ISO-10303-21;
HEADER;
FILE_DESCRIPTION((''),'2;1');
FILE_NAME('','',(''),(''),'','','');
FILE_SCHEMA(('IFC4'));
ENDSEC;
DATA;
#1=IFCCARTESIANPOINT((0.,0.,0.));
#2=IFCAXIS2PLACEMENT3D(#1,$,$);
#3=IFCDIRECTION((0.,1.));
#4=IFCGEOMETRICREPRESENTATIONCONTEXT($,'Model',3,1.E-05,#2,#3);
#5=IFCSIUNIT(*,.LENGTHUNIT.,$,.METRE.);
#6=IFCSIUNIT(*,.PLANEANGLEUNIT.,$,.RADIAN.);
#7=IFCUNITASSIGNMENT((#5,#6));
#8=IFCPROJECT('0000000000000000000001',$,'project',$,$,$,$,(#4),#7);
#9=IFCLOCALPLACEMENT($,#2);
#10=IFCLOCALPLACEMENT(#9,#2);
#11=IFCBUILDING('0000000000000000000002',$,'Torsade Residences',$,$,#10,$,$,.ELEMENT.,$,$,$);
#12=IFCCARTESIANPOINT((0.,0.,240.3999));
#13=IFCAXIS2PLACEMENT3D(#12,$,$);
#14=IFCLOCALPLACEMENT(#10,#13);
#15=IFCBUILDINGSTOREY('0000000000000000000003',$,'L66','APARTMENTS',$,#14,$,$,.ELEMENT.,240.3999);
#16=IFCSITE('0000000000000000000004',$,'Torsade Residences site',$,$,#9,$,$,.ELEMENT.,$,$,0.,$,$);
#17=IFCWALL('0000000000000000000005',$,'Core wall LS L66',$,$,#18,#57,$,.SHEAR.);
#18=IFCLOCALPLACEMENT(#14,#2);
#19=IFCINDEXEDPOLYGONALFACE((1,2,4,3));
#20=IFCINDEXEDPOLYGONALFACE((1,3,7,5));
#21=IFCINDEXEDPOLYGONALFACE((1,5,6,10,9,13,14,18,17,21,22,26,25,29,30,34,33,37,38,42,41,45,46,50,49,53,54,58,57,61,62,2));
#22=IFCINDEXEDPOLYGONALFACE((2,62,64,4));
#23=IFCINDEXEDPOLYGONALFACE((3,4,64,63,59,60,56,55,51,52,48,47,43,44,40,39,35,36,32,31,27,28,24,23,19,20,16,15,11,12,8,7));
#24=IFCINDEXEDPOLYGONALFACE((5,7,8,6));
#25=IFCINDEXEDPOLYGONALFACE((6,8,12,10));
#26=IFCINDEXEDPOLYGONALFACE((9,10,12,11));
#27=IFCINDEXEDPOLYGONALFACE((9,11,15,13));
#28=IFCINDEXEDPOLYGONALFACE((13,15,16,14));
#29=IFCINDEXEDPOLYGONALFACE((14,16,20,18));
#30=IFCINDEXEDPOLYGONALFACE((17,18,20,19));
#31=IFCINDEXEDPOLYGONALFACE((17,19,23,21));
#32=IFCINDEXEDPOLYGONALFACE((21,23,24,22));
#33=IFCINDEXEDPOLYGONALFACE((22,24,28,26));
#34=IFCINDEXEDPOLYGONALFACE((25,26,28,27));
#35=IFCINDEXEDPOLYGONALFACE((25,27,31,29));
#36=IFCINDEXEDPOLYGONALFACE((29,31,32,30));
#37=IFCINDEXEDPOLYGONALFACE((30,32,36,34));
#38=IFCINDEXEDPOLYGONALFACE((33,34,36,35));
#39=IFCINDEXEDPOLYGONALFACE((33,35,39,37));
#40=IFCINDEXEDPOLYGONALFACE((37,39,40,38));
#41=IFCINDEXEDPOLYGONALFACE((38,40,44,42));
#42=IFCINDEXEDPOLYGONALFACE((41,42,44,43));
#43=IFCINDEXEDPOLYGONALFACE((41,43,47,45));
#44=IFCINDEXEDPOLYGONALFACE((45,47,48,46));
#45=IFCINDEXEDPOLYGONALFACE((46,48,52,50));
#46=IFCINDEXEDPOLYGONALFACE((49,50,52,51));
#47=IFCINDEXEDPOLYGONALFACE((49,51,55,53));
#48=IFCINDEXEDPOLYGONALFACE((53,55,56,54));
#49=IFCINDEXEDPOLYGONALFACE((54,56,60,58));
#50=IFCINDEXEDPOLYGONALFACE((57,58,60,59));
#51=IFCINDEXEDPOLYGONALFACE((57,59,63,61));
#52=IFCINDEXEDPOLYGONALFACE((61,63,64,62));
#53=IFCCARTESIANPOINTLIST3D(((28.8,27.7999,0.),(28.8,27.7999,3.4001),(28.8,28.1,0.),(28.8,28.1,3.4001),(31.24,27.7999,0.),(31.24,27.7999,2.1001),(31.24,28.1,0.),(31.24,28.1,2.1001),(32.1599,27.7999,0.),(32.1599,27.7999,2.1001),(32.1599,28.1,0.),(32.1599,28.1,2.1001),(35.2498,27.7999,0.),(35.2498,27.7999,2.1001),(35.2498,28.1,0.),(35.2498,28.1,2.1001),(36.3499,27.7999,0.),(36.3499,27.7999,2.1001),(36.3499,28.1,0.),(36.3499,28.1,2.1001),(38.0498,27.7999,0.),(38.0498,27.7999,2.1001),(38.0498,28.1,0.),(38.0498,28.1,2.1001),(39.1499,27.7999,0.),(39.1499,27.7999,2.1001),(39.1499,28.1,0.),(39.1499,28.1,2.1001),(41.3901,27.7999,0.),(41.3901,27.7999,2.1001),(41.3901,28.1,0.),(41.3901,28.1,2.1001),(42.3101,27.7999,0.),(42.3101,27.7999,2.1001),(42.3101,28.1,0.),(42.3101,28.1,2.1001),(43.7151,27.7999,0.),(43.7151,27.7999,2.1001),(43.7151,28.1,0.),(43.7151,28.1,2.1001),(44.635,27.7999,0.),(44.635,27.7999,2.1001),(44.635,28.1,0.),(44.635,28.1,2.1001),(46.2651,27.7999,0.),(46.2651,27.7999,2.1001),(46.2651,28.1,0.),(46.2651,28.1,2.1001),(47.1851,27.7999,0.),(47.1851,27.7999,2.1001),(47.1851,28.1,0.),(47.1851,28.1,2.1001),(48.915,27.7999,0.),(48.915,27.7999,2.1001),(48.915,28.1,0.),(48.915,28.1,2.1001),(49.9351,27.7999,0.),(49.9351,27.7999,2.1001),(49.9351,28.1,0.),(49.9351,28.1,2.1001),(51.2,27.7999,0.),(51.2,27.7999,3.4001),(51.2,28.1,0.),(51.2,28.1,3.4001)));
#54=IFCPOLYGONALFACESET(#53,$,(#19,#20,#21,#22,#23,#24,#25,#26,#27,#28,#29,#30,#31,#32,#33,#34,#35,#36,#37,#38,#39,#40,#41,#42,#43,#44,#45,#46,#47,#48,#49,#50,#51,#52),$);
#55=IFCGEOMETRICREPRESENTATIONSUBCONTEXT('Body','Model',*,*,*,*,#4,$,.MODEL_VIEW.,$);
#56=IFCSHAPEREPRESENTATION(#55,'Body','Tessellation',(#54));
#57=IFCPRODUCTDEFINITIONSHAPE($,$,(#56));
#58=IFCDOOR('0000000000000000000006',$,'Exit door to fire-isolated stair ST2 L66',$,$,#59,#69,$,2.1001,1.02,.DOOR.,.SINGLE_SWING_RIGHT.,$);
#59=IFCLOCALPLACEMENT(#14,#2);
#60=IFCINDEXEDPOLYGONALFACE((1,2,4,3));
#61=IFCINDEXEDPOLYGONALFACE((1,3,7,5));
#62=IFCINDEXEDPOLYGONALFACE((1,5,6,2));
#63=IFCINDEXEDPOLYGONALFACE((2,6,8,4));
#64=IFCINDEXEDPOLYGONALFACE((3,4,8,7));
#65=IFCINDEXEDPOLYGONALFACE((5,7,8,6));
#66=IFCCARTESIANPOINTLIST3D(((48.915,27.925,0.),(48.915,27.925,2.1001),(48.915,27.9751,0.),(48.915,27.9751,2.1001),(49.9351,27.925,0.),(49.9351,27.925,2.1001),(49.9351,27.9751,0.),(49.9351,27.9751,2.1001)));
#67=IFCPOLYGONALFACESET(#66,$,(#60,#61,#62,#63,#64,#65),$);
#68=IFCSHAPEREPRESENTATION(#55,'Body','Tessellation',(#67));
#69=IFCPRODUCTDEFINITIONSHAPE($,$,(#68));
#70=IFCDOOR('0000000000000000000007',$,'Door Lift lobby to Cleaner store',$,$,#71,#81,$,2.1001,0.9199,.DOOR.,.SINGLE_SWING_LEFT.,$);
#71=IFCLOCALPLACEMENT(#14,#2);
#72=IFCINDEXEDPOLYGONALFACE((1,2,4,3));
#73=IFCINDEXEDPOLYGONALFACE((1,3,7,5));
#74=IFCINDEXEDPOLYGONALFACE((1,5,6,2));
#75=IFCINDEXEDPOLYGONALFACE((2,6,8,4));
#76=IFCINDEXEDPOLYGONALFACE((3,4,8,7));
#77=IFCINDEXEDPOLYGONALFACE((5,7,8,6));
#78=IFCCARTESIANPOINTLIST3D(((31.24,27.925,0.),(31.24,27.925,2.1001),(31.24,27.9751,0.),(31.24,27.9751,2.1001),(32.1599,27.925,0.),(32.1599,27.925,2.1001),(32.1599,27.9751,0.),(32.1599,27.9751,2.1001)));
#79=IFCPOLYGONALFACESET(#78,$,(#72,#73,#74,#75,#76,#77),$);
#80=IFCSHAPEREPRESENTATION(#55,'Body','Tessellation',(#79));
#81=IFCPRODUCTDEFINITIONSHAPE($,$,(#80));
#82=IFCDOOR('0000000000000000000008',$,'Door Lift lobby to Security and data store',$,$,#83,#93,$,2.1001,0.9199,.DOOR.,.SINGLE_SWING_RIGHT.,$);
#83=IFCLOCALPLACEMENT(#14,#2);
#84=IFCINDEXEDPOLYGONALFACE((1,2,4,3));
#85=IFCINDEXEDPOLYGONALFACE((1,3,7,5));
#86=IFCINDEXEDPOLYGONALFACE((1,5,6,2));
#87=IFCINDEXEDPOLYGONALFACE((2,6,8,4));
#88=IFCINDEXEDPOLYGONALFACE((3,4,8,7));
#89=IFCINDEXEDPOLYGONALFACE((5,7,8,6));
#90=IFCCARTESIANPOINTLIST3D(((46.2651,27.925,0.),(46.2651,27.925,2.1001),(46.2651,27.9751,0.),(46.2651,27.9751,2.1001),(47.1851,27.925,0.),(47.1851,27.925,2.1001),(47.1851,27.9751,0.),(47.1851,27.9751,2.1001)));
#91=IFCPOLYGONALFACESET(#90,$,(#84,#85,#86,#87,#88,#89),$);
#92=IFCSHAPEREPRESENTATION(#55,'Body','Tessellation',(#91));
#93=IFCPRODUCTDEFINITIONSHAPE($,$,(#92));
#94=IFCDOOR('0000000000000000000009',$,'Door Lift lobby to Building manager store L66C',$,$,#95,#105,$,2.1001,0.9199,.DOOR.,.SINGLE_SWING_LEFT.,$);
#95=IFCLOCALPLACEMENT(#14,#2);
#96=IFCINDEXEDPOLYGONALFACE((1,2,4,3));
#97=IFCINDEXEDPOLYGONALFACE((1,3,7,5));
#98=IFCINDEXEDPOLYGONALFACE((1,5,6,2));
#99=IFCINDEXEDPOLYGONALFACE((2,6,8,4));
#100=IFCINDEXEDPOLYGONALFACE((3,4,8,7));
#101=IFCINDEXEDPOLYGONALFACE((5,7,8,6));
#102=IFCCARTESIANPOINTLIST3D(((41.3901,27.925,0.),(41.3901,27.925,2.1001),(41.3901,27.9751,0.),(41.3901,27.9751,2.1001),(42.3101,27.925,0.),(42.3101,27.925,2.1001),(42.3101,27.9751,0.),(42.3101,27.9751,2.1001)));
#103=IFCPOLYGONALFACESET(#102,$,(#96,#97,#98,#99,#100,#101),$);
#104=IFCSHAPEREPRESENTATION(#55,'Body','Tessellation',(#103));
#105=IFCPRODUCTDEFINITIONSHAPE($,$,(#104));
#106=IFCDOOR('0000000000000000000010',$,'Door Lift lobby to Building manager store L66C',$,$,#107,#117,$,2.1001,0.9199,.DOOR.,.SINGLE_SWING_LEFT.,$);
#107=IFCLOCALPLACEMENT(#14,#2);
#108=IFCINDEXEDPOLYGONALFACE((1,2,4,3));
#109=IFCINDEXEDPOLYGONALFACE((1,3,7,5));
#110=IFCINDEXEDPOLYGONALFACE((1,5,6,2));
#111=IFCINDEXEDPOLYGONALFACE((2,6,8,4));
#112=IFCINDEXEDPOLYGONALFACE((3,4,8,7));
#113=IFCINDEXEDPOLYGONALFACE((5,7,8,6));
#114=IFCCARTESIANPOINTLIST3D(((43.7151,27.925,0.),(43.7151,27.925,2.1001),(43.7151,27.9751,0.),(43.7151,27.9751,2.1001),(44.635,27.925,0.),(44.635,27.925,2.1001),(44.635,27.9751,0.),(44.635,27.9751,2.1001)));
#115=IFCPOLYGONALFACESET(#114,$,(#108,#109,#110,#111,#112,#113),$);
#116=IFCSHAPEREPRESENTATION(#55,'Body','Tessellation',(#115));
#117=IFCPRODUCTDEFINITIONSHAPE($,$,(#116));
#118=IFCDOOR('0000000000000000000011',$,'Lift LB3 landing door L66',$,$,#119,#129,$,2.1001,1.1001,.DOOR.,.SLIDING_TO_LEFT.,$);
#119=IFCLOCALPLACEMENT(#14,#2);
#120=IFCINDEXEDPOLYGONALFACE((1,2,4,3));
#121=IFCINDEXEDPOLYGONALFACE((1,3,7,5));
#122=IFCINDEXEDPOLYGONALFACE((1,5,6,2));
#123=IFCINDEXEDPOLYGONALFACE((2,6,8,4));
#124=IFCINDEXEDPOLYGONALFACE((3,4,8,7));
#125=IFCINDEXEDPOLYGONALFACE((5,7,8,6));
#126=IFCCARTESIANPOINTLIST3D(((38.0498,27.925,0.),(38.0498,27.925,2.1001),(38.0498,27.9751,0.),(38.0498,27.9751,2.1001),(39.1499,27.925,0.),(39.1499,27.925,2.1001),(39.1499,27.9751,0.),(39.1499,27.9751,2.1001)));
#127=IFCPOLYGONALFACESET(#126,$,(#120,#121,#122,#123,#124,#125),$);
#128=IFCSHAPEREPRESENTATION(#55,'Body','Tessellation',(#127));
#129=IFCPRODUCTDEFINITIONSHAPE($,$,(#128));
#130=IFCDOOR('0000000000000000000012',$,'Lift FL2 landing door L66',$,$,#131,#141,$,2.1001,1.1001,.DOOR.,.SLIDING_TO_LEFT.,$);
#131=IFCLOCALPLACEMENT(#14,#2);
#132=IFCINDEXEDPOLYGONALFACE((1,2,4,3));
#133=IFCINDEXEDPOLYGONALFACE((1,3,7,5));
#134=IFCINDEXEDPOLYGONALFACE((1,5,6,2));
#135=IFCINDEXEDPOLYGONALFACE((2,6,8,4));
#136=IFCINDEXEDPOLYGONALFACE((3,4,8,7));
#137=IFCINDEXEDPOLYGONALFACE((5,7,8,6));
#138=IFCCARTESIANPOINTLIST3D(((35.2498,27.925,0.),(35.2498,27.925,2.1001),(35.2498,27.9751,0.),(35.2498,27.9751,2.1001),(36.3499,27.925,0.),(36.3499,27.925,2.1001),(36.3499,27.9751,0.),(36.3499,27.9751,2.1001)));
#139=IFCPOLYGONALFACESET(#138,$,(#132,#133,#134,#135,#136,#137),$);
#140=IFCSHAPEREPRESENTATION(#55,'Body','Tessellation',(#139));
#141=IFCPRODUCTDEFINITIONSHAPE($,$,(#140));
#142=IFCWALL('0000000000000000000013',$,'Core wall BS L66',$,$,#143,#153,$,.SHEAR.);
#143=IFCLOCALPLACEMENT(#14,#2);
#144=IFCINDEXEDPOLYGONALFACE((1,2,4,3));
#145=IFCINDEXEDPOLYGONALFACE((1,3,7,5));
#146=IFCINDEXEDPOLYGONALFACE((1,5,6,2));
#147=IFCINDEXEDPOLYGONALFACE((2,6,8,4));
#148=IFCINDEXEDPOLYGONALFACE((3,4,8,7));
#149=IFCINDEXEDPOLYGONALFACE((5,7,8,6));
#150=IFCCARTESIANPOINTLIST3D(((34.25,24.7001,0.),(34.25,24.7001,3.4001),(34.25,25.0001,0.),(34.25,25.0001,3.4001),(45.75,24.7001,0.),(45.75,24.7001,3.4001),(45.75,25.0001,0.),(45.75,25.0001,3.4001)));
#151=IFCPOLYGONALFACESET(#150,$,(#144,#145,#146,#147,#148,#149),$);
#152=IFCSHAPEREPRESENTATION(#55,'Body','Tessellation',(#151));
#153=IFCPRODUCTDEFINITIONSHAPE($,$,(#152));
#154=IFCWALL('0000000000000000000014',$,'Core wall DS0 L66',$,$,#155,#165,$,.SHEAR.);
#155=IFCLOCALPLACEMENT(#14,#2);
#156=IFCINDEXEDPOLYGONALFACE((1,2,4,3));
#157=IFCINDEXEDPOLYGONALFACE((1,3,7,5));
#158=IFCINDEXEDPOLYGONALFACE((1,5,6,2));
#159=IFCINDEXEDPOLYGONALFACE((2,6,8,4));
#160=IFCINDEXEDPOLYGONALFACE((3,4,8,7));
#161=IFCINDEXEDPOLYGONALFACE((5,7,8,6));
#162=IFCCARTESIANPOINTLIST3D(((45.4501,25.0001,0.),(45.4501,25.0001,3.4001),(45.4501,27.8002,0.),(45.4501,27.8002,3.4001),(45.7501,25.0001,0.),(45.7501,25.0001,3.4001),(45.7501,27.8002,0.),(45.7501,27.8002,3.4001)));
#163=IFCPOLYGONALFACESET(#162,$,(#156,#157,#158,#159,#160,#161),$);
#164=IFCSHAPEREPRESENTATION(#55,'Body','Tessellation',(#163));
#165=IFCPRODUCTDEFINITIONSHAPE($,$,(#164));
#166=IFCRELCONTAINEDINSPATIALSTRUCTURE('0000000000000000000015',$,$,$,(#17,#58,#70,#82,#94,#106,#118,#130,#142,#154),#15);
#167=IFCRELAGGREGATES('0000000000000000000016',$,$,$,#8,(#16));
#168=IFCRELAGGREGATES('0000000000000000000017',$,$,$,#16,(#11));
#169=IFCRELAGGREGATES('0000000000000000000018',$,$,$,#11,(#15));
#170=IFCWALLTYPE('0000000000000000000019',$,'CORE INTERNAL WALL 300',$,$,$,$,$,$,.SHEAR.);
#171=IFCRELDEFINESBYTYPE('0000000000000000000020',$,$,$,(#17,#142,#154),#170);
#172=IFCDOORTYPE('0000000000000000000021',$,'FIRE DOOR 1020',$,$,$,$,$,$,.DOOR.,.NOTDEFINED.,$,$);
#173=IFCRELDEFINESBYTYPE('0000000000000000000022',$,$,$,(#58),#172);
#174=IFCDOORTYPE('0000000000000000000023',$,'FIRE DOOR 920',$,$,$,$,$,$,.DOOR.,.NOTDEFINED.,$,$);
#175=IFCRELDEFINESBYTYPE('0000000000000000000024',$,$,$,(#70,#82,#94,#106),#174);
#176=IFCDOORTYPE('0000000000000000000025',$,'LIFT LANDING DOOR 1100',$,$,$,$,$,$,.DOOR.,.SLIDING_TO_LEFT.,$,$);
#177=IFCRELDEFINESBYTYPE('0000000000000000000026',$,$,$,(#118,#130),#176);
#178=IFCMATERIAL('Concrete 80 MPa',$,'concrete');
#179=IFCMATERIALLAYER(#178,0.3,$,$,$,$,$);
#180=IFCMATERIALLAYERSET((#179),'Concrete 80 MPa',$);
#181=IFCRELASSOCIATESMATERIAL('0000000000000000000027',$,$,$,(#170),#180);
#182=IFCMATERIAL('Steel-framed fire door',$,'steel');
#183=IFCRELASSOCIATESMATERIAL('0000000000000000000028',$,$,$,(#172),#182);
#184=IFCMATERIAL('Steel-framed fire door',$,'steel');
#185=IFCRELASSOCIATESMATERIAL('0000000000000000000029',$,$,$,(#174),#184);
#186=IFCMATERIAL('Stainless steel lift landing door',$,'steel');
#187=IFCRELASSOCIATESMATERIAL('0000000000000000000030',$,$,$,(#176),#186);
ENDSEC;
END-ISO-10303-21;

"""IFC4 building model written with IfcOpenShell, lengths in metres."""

from ifc_helpers import new_model, si_unit, direction, frame, frame_2d, origin, place, context, subcontext, project, spatial, rectangle, extrude, material, layer, layer_set, type_object, element, fill, save


model = new_model("IFC4")

# Units and contexts
model_context = context("Model", 3, precision=1e-05, world=origin(), true_north=direction((0.0, 1.0)))
body_context = subcontext(model_context, "Body", "Model", "MODEL_VIEW")
ifc_project = project(units=[si_unit("LENGTHUNIT", "METRE"), si_unit("PLANEANGLEUNIT", "RADIAN")], contexts=[model_context])

# Site, building, storey
site_placement = place(None, origin())
site = spatial("IfcSite", under=ifc_project, at=site_placement, Name="Torsade Residences site", CompositionType="ELEMENT", RefElevation=0.0)
building_placement = place(site_placement, origin())
building = spatial("IfcBuilding", under=site, at=building_placement, Name="Torsade Residences", CompositionType="ELEMENT")
storey_placement = place(building_placement, frame((0.0, 0.0, 240.3999)))
storey = spatial("IfcBuildingStorey", under=building, at=storey_placement, Name="L66", Description="APARTMENTS", CompositionType="ELEMENT", Elevation=240.3999)

# Wall, openings, doors
ifc_material_1 = material(Name="Concrete 80 MPa", Category="concrete")
ifc_layer_1 = layer(ifc_material_1, 0.3)
ifc_layer_set_1 = layer_set([ifc_layer_1], Name="Concrete 80 MPa")
wall_type_1 = type_object("IfcWallType", Name="CORE INTERNAL WALL 300", PredefinedType="SHEAR", material=ifc_layer_set_1)
wall_1_placement = place(storey_placement, frame((51.2, 27.95, 0.0), z_axis=(0.0, 0.0, 1.0), x_axis=(-1.0, 0.0, 0.0)))
wall_1 = element("IfcWall", 1, at=wall_1_placement, inside=storey, type_object=wall_type_1, Name="Core wall LS L66", PredefinedType="SHEAR", context=body_context, shape_type="SweptSolid", body=[
    extrude(rectangle(XDim=22.3999, YDim=0.3, at=frame_2d((11.2, 0.0))), origin(), (0.0, 0.0, 1.0), 3.4001),
])
opening_1_placement = place(wall_1_placement, frame((19.04, 0.0, 0.0)))
opening_1 = element("IfcOpeningElement", 2, at=opening_1_placement, cuts=wall_1, PredefinedType="OPENING", context=body_context, shape_type="SweptSolid", body=[
    extrude(rectangle(XDim=0.9199, YDim=2.1001, at=frame_2d((0.46, 1.05))), frame((0.0, 0.1599, 0.0), z_axis=(0.0, -1.0, 0.0), x_axis=(1.0, 0.0, 0.0)), (0.0, 0.0, 1.0), 0.3201),
])
opening_2_placement = place(wall_1_placement, frame((1.2649, 0.0, 0.0)))
opening_2 = element("IfcOpeningElement", 3, at=opening_2_placement, cuts=wall_1, PredefinedType="OPENING", context=body_context, shape_type="SweptSolid", body=[
    extrude(rectangle(XDim=1.02, YDim=2.1001, at=frame_2d((0.51, 1.05))), frame((0.0, 0.1599, 0.0), z_axis=(0.0, -1.0, 0.0), x_axis=(1.0, 0.0, 0.0)), (0.0, 0.0, 1.0), 0.3201),
])
opening_3_placement = place(wall_1_placement, frame((4.0149, 0.0, 0.0)))
opening_3 = element("IfcOpeningElement", 4, at=opening_3_placement, cuts=wall_1, PredefinedType="OPENING", context=body_context, shape_type="SweptSolid", body=[
    extrude(rectangle(XDim=0.9199, YDim=2.1001, at=frame_2d((0.46, 1.05))), frame((0.0, 0.1599, 0.0), z_axis=(0.0, -1.0, 0.0), x_axis=(1.0, 0.0, 0.0)), (0.0, 0.0, 1.0), 0.3201),
])
opening_4_placement = place(wall_1_placement, frame((8.8899, 0.0, 0.0)))
opening_4 = element("IfcOpeningElement", 5, at=opening_4_placement, cuts=wall_1, PredefinedType="OPENING", context=body_context, shape_type="SweptSolid", body=[
    extrude(rectangle(XDim=0.9199, YDim=2.1001, at=frame_2d((0.46, 1.05))), frame((0.0, 0.1599, 0.0), z_axis=(0.0, -1.0, 0.0), x_axis=(1.0, 0.0, 0.0)), (0.0, 0.0, 1.0), 0.3201),
])
opening_5_placement = place(wall_1_placement, frame((6.5649, 0.0, 0.0)))
opening_5 = element("IfcOpeningElement", 6, at=opening_5_placement, cuts=wall_1, PredefinedType="OPENING", context=body_context, shape_type="SweptSolid", body=[
    extrude(rectangle(XDim=0.9199, YDim=2.1001, at=frame_2d((0.46, 1.05))), frame((0.0, 0.1599, 0.0), z_axis=(0.0, -1.0, 0.0), x_axis=(1.0, 0.0, 0.0)), (0.0, 0.0, 1.0), 0.3201),
])
opening_6_placement = place(wall_1_placement, frame((12.05, 0.0, 0.0)))
opening_6 = element("IfcOpeningElement", 7, at=opening_6_placement, cuts=wall_1, PredefinedType="OPENING", context=body_context, shape_type="SweptSolid", body=[
    extrude(rectangle(XDim=1.1001, YDim=2.1001, at=frame_2d((0.55, 1.05))), frame((0.0, 0.1599, 0.0), z_axis=(0.0, -1.0, 0.0), x_axis=(1.0, 0.0, 0.0)), (0.0, 0.0, 1.0), 0.3201),
])
opening_7_placement = place(wall_1_placement, frame((14.8501, 0.0, 0.0)))
opening_7 = element("IfcOpeningElement", 8, at=opening_7_placement, cuts=wall_1, PredefinedType="OPENING", context=body_context, shape_type="SweptSolid", body=[
    extrude(rectangle(XDim=1.1001, YDim=2.1001, at=frame_2d((0.55, 1.05))), frame((0.0, 0.1599, 0.0), z_axis=(0.0, -1.0, 0.0), x_axis=(1.0, 0.0, 0.0)), (0.0, 0.0, 1.0), 0.3201),
])
ifc_material_2 = material(Name="Steel-framed fire door", Category="steel")
door_type_1 = type_object("IfcDoorType", Name="FIRE DOOR 1020", OperationType="NOTDEFINED", PredefinedType="DOOR", material=ifc_material_2)
door_1_placement = place(opening_2_placement, origin())
door_1 = element("IfcDoor", 9, at=door_1_placement, inside=storey, type_object=door_type_1, Name="Exit door to fire-isolated stair ST2 L66", OperationType="SINGLE_SWING_RIGHT", OverallHeight=2.1001, OverallWidth=1.02, PredefinedType="DOOR", context=body_context, shape_type="SweptSolid", body=[
    extrude(rectangle(XDim=1.02, YDim=2.1001, at=frame_2d((0.51, 1.05))), frame((0.0, 0.0249, 0.0), z_axis=(0.0, -1.0, 0.0), x_axis=(1.0, 0.0, 0.0)), (0.0, 0.0, 1.0), 0.05),
])
fill(opening_2, door_1)
ifc_material_3 = material(Name="Steel-framed fire door", Category="steel")
door_type_2 = type_object("IfcDoorType", Name="FIRE DOOR 920", OperationType="NOTDEFINED", PredefinedType="DOOR", material=ifc_material_3)
door_2_placement = place(opening_1_placement, origin())
door_2 = element("IfcDoor", 10, at=door_2_placement, inside=storey, type_object=door_type_2, Name="Door Lift lobby to Cleaner store", OperationType="SINGLE_SWING_LEFT", OverallHeight=2.1001, OverallWidth=0.9199, PredefinedType="DOOR", context=body_context, shape_type="SweptSolid", body=[
    extrude(rectangle(XDim=0.9199, YDim=2.1001, at=frame_2d((0.46, 1.05))), frame((0.0, 0.0249, 0.0), z_axis=(0.0, -1.0, 0.0), x_axis=(1.0, 0.0, 0.0)), (0.0, 0.0, 1.0), 0.05),
])
fill(opening_1, door_2)
door_3_placement = place(opening_3_placement, origin())
door_3 = element("IfcDoor", 11, at=door_3_placement, inside=storey, type_object=door_type_2, Name="Door Lift lobby to Security and data store", OperationType="SINGLE_SWING_RIGHT", OverallHeight=2.1001, OverallWidth=0.9199, PredefinedType="DOOR", context=body_context, shape_type="SweptSolid", body=[
    extrude(rectangle(XDim=0.9199, YDim=2.1001, at=frame_2d((0.46, 1.05))), frame((0.0, 0.0249, 0.0), z_axis=(0.0, -1.0, 0.0), x_axis=(1.0, 0.0, 0.0)), (0.0, 0.0, 1.0), 0.05),
])
fill(opening_3, door_3)
door_4_placement = place(opening_4_placement, origin())
door_4 = element("IfcDoor", 12, at=door_4_placement, inside=storey, type_object=door_type_2, Name="Door Lift lobby to Building manager store L66C", OperationType="SINGLE_SWING_LEFT", OverallHeight=2.1001, OverallWidth=0.9199, PredefinedType="DOOR", context=body_context, shape_type="SweptSolid", body=[
    extrude(rectangle(XDim=0.9199, YDim=2.1001, at=frame_2d((0.46, 1.05))), frame((0.0, 0.0249, 0.0), z_axis=(0.0, -1.0, 0.0), x_axis=(1.0, 0.0, 0.0)), (0.0, 0.0, 1.0), 0.05),
])
fill(opening_4, door_4)
door_5_placement = place(opening_5_placement, origin())
door_5 = element("IfcDoor", 13, at=door_5_placement, inside=storey, type_object=door_type_2, Name="Door Lift lobby to Building manager store L66C", OperationType="SINGLE_SWING_LEFT", OverallHeight=2.1001, OverallWidth=0.9199, PredefinedType="DOOR", context=body_context, shape_type="SweptSolid", body=[
    extrude(rectangle(XDim=0.9199, YDim=2.1001, at=frame_2d((0.46, 1.05))), frame((0.0, 0.0249, 0.0), z_axis=(0.0, -1.0, 0.0), x_axis=(1.0, 0.0, 0.0)), (0.0, 0.0, 1.0), 0.05),
])
fill(opening_5, door_5)
ifc_material_4 = material(Name="Stainless steel lift landing door", Category="steel")
door_type_3 = type_object("IfcDoorType", Name="LIFT LANDING DOOR 1100", OperationType="SLIDING_TO_LEFT", PredefinedType="DOOR", material=ifc_material_4)
door_6_placement = place(opening_6_placement, origin())
door_6 = element("IfcDoor", 14, at=door_6_placement, inside=storey, type_object=door_type_3, Name="Lift LB3 landing door L66", OperationType="SLIDING_TO_LEFT", OverallHeight=2.1001, OverallWidth=1.1001, PredefinedType="DOOR", context=body_context, shape_type="SweptSolid", body=[
    extrude(rectangle(XDim=1.1001, YDim=2.1001, at=frame_2d((0.55, 1.05))), frame((0.0, 0.0249, 0.0), z_axis=(0.0, -1.0, 0.0), x_axis=(1.0, 0.0, 0.0)), (0.0, 0.0, 1.0), 0.05),
])
fill(opening_6, door_6)
door_7_placement = place(opening_7_placement, origin())
door_7 = element("IfcDoor", 15, at=door_7_placement, inside=storey, type_object=door_type_3, Name="Lift FL2 landing door L66", OperationType="SLIDING_TO_LEFT", OverallHeight=2.1001, OverallWidth=1.1001, PredefinedType="DOOR", context=body_context, shape_type="SweptSolid", body=[
    extrude(rectangle(XDim=1.1001, YDim=2.1001, at=frame_2d((0.55, 1.05))), frame((0.0, 0.0249, 0.0), z_axis=(0.0, -1.0, 0.0), x_axis=(1.0, 0.0, 0.0)), (0.0, 0.0, 1.0), 0.05),
])
fill(opening_7, door_7)

# Walls
wall_2_placement = place(storey_placement, frame((45.75, 24.8501, 0.0), z_axis=(0.0, 0.0, 1.0), x_axis=(-1.0, 0.0, 0.0)))
element("IfcWall", 16, at=wall_2_placement, inside=storey, type_object=wall_type_1, Name="Core wall BS L66", PredefinedType="SHEAR", context=body_context, shape_type="SweptSolid", body=[
    extrude(rectangle(XDim=11.5, YDim=0.3, at=frame_2d((5.75, 0.0))), origin(), (0.0, 0.0, 1.0), 3.4001),
])
wall_3_placement = place(storey_placement, frame((45.6001, 27.8, 0.0), z_axis=(0.0, 0.0, 1.0), x_axis=(0.0, -1.0, 0.0)))
element("IfcWall", 17, at=wall_3_placement, inside=storey, type_object=wall_type_1, Name="Core wall DS0 L66", PredefinedType="SHEAR", context=body_context, shape_type="SweptSolid", body=[
    extrude(rectangle(XDim=2.8, YDim=0.3, at=frame_2d((1.3999, 0.0))), origin(), (0.0, 0.0, 1.0), 3.4001),
])

save(model, "model.ifc")
